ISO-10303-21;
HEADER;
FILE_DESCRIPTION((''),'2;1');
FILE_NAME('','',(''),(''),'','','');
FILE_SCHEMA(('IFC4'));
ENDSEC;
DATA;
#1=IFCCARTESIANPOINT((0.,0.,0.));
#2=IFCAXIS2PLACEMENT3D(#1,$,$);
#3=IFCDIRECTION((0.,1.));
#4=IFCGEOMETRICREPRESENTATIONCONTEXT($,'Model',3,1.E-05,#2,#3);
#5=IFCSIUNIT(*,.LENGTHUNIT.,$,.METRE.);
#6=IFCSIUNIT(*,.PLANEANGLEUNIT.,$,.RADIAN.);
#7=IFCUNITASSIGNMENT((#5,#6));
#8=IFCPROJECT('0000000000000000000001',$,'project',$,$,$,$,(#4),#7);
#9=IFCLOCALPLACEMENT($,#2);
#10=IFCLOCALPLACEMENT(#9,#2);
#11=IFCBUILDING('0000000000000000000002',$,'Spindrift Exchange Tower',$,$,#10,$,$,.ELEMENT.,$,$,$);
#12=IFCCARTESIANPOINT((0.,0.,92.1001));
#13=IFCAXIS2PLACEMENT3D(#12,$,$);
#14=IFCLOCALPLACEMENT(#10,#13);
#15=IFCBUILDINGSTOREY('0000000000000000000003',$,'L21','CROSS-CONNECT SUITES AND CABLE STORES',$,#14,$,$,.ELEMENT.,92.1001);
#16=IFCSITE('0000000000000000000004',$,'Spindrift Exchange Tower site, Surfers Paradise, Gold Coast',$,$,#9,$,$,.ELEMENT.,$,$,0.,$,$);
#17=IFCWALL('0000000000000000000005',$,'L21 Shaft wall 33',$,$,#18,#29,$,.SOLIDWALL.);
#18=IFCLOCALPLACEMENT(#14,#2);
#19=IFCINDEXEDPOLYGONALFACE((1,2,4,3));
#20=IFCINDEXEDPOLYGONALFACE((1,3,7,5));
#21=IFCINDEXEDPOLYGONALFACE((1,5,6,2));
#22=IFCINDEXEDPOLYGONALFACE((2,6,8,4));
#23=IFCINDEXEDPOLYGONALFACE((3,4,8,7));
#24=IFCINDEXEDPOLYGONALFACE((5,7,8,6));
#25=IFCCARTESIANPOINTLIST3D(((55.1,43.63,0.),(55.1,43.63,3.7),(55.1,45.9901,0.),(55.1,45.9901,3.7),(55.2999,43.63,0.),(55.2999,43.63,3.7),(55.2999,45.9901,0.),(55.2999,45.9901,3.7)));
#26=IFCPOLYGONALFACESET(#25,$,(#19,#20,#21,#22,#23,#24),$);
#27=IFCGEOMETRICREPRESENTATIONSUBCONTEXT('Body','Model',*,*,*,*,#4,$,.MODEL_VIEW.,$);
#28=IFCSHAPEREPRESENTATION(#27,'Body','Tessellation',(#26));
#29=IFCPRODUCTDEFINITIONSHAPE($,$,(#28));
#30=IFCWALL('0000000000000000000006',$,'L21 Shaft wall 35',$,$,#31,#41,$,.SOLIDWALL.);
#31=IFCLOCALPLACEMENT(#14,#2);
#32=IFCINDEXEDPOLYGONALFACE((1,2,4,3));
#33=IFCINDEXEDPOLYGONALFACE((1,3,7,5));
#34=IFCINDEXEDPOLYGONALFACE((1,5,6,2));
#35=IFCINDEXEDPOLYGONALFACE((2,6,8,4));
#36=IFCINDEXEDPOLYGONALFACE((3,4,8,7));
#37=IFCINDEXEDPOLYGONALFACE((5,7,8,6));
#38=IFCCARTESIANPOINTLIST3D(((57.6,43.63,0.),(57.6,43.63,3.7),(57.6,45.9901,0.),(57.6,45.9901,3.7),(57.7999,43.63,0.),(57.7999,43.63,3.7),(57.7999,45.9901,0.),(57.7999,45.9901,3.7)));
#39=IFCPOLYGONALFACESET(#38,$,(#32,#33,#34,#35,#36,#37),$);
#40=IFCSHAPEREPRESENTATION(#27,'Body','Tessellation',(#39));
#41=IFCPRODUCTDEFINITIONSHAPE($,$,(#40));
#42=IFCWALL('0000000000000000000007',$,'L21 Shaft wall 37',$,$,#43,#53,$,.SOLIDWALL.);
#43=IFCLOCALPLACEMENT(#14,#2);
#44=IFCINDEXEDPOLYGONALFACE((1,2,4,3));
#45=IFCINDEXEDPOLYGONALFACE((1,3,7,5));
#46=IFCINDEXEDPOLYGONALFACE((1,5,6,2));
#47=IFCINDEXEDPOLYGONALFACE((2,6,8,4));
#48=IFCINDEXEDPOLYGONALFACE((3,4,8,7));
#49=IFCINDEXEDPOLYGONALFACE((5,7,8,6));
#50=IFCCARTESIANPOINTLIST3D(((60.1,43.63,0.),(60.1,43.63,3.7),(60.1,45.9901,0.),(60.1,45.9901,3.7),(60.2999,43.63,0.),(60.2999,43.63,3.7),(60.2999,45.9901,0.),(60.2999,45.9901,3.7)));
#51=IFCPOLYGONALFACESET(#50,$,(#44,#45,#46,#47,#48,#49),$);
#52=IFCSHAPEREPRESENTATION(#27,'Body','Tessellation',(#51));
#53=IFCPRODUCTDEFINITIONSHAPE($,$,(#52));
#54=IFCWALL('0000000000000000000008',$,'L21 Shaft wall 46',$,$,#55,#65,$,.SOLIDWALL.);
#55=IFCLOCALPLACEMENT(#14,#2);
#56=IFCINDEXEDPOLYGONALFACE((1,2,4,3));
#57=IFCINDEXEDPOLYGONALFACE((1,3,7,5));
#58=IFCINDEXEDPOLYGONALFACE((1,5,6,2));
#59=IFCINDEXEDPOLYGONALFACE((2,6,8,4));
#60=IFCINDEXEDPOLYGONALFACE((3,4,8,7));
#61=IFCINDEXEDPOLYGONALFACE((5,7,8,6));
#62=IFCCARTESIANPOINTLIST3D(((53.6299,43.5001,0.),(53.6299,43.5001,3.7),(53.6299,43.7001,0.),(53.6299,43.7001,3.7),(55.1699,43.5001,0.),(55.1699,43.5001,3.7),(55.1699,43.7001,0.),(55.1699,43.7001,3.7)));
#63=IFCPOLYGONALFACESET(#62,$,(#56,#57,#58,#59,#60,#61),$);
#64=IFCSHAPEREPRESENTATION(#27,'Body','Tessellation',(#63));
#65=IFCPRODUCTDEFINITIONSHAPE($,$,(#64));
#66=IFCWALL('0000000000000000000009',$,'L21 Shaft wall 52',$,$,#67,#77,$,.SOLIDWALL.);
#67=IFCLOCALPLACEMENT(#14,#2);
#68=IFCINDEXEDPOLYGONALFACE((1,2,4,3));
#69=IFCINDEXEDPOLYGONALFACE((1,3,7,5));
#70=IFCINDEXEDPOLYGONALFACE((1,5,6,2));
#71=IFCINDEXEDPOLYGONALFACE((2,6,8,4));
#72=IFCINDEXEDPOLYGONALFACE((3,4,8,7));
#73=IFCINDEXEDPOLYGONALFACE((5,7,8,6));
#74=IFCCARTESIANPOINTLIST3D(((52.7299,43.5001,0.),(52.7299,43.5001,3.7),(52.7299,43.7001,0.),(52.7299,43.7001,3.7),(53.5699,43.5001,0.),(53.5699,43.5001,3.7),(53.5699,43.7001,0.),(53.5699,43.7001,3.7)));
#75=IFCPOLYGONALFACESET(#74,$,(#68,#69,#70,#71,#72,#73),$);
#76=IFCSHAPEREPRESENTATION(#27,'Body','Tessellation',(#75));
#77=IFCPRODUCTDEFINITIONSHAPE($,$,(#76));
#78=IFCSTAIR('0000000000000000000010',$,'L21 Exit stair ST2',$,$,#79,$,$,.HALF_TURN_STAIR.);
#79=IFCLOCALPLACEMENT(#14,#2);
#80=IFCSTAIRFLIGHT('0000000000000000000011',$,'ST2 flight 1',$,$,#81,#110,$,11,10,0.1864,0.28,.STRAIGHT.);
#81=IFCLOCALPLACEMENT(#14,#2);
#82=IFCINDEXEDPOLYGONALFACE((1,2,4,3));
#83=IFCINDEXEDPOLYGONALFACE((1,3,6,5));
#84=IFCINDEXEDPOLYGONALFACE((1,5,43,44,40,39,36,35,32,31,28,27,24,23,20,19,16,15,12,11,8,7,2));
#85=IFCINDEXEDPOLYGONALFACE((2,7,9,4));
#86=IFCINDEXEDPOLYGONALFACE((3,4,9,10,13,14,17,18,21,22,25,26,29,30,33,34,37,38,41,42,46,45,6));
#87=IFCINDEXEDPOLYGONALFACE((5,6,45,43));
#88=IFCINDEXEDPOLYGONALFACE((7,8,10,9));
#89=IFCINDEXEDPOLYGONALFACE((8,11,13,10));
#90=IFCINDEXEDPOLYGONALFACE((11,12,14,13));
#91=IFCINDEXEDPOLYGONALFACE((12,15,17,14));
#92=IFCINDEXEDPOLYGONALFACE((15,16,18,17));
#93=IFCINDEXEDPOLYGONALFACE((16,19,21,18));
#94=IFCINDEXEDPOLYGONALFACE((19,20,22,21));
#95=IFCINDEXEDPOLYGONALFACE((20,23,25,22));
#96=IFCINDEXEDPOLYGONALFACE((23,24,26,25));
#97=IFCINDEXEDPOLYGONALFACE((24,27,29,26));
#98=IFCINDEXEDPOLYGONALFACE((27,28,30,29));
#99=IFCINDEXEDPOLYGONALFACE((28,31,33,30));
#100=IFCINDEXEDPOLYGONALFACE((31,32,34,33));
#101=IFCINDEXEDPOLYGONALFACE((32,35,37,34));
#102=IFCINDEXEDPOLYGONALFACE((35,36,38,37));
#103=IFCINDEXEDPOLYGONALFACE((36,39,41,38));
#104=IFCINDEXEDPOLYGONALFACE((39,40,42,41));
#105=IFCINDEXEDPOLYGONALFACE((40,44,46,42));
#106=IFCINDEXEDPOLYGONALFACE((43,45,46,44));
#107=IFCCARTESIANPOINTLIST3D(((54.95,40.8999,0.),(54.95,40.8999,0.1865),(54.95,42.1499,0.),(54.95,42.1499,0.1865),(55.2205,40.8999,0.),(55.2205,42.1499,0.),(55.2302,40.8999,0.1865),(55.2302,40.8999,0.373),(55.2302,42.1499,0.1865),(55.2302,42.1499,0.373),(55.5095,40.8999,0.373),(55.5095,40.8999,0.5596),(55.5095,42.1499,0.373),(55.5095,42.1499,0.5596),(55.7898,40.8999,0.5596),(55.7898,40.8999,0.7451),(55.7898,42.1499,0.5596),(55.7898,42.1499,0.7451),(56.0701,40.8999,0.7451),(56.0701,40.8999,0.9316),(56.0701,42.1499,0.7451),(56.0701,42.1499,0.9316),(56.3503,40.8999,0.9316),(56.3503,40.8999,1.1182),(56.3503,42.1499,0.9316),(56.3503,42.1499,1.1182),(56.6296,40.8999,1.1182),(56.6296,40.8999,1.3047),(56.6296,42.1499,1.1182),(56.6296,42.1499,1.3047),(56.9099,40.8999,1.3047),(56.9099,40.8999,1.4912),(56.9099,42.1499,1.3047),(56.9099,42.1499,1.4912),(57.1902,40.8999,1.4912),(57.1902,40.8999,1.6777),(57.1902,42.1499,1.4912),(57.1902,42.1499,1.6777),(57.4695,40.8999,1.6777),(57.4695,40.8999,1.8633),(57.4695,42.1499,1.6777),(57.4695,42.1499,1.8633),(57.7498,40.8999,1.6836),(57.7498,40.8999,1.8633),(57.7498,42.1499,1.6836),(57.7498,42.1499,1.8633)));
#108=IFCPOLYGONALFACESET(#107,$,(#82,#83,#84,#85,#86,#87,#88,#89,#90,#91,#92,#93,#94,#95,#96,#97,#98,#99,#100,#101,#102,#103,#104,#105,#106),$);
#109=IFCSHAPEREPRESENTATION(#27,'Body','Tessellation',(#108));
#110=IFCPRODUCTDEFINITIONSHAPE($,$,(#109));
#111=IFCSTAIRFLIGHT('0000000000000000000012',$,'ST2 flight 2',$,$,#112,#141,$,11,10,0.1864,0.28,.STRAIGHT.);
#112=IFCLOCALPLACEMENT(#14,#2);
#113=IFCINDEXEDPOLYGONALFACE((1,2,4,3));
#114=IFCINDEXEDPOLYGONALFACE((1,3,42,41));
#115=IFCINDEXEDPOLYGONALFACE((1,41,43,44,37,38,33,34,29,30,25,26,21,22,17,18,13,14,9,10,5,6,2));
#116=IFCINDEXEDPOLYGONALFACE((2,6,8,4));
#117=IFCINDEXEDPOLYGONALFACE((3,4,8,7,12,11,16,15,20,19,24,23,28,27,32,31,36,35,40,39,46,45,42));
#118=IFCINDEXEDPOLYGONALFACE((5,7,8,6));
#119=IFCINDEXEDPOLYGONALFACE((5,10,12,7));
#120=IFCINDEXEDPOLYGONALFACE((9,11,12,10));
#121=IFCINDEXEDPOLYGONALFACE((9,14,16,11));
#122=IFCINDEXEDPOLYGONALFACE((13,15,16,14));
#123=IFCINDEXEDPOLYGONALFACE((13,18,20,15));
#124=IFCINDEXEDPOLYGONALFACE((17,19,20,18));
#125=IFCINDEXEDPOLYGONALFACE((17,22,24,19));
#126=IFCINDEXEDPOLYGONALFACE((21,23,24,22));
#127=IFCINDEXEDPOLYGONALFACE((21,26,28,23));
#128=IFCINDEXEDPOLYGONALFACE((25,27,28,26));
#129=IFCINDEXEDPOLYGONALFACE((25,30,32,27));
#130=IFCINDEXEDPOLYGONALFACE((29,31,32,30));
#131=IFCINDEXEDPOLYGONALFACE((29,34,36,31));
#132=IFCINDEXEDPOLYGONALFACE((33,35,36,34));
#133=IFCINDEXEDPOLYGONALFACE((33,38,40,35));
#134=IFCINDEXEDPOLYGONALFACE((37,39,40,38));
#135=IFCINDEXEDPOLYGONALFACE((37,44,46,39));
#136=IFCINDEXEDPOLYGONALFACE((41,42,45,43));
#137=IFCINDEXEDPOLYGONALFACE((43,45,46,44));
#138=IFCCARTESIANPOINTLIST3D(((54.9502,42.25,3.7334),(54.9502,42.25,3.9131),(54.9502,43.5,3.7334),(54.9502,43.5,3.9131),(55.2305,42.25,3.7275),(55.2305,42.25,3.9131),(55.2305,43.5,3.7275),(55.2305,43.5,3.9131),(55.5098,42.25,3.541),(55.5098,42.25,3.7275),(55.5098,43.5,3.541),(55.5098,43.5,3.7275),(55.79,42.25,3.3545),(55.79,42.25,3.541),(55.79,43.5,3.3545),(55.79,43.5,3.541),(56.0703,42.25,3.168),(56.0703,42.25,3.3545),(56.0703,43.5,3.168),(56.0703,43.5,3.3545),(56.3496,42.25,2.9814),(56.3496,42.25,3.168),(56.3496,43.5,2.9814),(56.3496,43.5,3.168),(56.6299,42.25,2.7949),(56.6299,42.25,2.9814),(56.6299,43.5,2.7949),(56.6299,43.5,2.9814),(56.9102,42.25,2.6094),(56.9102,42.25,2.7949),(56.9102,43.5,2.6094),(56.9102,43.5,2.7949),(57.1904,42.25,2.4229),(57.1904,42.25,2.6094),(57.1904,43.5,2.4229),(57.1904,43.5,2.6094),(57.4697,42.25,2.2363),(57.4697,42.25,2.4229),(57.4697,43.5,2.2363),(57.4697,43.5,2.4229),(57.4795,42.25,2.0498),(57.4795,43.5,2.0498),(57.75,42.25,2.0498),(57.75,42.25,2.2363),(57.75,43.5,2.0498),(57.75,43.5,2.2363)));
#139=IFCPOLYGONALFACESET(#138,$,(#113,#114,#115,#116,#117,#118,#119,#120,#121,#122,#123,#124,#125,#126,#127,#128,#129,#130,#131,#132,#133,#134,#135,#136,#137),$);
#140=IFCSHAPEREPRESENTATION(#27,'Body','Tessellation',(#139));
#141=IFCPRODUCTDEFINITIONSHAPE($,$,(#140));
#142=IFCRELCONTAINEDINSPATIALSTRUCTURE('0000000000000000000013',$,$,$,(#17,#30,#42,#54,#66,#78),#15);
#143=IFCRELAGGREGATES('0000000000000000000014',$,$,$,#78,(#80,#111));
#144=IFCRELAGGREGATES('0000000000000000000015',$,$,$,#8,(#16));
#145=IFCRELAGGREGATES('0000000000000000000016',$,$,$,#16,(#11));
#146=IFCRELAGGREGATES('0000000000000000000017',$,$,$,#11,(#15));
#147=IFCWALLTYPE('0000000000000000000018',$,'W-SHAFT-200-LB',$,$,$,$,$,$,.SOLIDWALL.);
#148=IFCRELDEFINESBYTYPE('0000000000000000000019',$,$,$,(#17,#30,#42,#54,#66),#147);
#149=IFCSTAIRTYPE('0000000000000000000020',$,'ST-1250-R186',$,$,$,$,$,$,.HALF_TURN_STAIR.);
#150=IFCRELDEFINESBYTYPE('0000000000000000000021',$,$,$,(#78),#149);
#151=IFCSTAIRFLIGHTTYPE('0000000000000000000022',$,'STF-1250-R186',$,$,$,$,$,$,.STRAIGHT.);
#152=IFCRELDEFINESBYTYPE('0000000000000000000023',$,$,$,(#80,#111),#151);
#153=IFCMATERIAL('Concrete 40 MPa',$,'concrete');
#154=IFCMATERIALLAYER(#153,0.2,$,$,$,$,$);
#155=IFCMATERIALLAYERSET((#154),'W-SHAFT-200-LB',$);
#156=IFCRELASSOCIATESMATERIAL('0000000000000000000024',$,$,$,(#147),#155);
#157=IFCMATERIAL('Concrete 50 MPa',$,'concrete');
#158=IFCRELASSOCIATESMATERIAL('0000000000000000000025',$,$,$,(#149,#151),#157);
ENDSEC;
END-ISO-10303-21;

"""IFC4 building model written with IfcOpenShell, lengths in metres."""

from ifc_helpers import new_model, si_unit, direction, frame, frame_2d, origin, place, context, subcontext, project, spatial, line, indexed_curve, rectangle, outline, extrude, material, layer, layer_set, type_object, element, aggregate, save


model = new_model("IFC4")

# Units and contexts
model_context = context("Model", 3, precision=1e-05, world=origin(), true_north=direction((0.0, 1.0)))
body_context = subcontext(model_context, "Body", "Model", "MODEL_VIEW")
ifc_project = project(units=[si_unit("LENGTHUNIT", "METRE"), si_unit("PLANEANGLEUNIT", "RADIAN")], contexts=[model_context])

# Site, building, storey
site_placement = place(None, origin())
site = spatial("IfcSite", under=ifc_project, at=site_placement, Name="Spindrift Exchange Tower site, Surfers Paradise, Gold Coast", CompositionType="ELEMENT", RefElevation=0.0)
building_placement = place(site_placement, origin())
building = spatial("IfcBuilding", under=site, at=building_placement, Name="Spindrift Exchange Tower", CompositionType="ELEMENT")
storey_placement = place(building_placement, frame((0.0, 0.0, 92.1001)))
storey = spatial("IfcBuildingStorey", under=building, at=storey_placement, Name="L21", Description="CROSS-CONNECT SUITES AND CABLE STORES", CompositionType="ELEMENT", Elevation=92.1001)

# Shared definitions
ifc_material_1 = material(Name="Concrete 40 MPa", Category="concrete")

# Shared definitions
ifc_layer_1 = layer(ifc_material_1, 0.2)
ifc_layer_set_1 = layer_set([ifc_layer_1], Name="W-SHAFT-200-LB")
wall_type_1 = type_object("IfcWallType", Name="W-SHAFT-200-LB", PredefinedType="SOLIDWALL", material=ifc_layer_set_1)

# Walls
for number, where, z_axis, x_axis, name in (
    (1, (55.2, 43.6299, 0.0), (0.0, 0.0, 1.0), (0.0, 1.0, 0.0), "L21 Shaft wall 33"),
    (2, (57.7, 43.6299, 0.0), (0.0, 0.0, 1.0), (0.0, 1.0, 0.0), "L21 Shaft wall 35"),
    (3, (60.2, 43.6299, 0.0), (0.0, 0.0, 1.0), (0.0, 1.0, 0.0), "L21 Shaft wall 37"),
):
    element("IfcWall", number, at=place(storey_placement, frame(where, z_axis=z_axis, x_axis=x_axis)), inside=storey, type_object=wall_type_1, Name=name, PredefinedType="SOLIDWALL", context=body_context, shape_type="SweptSolid", body=[
        extrude(rectangle(XDim=2.3601, YDim=0.2, at=frame_2d((1.1802, 0.0))), origin(), (0.0, 0.0, 1.0), 3.7),
    ])
wall_1_placement = place(storey_placement, frame((53.6299, 43.6001, 0.0), z_axis=(0.0, 0.0, 1.0), x_axis=(1.0, 0.0, 0.0)))
element("IfcWall", 4, at=wall_1_placement, inside=storey, type_object=wall_type_1, Name="L21 Shaft wall 46", PredefinedType="SOLIDWALL", context=body_context, shape_type="SweptSolid", body=[
    extrude(rectangle(XDim=1.54, YDim=0.2, at=frame_2d((0.77, 0.0))), origin(), (0.0, 0.0, 1.0), 3.7),
])
wall_2_placement = place(storey_placement, frame((52.73, 43.6001, 0.0), z_axis=(0.0, 0.0, 1.0), x_axis=(1.0, 0.0, 0.0)))
element("IfcWall", 5, at=wall_2_placement, inside=storey, type_object=wall_type_1, Name="L21 Shaft wall 52", PredefinedType="SOLIDWALL", context=body_context, shape_type="SweptSolid", body=[
    extrude(rectangle(XDim=0.8401, YDim=0.2, at=frame_2d((0.4199, 0.0))), origin(), (0.0, 0.0, 1.0), 3.7),
])

# Stair, stair flights
ifc_material_2 = material(Name="Concrete 50 MPa", Category="concrete")
stair_type = type_object("IfcStairType", Name="ST-1250-R186", PredefinedType="HALF_TURN_STAIR", material=ifc_material_2)
stair_placement = place(storey_placement, origin())
stair = element("IfcStair", 6, at=stair_placement, inside=storey, type_object=stair_type, Name="L21 Exit stair ST2", PredefinedType="HALF_TURN_STAIR")
stair_flight_type = type_object("IfcStairFlightType", Name="STF-1250-R186", PredefinedType="STRAIGHT", material=ifc_material_2)
stair_flight_1_placement = place(storey_placement, frame((54.95, 41.5249, 0.0), z_axis=(0.0, 0.0, 1.0), x_axis=(1.0, 0.0, 0.0)))
stair_flight_1 = element("IfcStairFlight", 7, at=stair_flight_1_placement, type_object=stair_flight_type, Name="ST2 flight 1", NumberOfRisers=11, NumberOfTreads=10, PredefinedType="STRAIGHT", RiserHeight=0.1864, TreadLength=0.28, context=body_context, shape_type="SweptSolid", body=[
    extrude(outline(indexed_curve([(0.0, 0.0), (0.0, 0.1865), (0.2803, 0.1865), (0.2803, 0.373), (0.5596, 0.373), (0.5596, 0.5596), (0.8398, 0.5596), (0.8398, 0.7451), (1.1201, 0.7451), (1.1201, 0.9316), (1.4004, 0.9316), (1.4004, 1.1182), (1.6797, 1.1182), (1.6797, 1.3047), (1.96, 1.3047), (1.96, 1.4912), (2.2402, 1.4912), (2.2402, 1.6777), (2.5195, 1.6777), (2.5195, 1.8633), (2.7998, 1.8633), (2.7998, 2.0498), (2.7998, 1.6836), (0.2705, 0.0)], segments=[line(1, 2, 3, 4, 5, 6, 7, 8, 9, 10, 11, 12, 13, 14, 15, 16, 17, 18, 19, 20, 21, 22, 23, 24, 1)], self_intersect=False)), frame((0.0, 0.625, 0.0), z_axis=(0.0, -1.0, 0.0), x_axis=(1.0, 0.0, 0.0)), (0.0, 0.0, 1.0), 1.25),
])
stair_flight_2_placement = place(storey_placement, frame((57.75, 42.875, 2.0498), z_axis=(0.0, 0.0, 1.0), x_axis=(-1.0, 0.0, 0.0)))
stair_flight_2 = element("IfcStairFlight", 8, at=stair_flight_2_placement, type_object=stair_flight_type, Name="ST2 flight 2", NumberOfRisers=11, NumberOfTreads=10, PredefinedType="STRAIGHT", RiserHeight=0.1864, TreadLength=0.28, context=body_context, shape_type="SweptSolid", body=[
    extrude(outline(indexed_curve([(0.0, 0.0), (0.0, 0.1865), (0.2803, 0.1865), (0.2803, 0.373), (0.5596, 0.373), (0.5596, 0.5596), (0.8398, 0.5596), (0.8398, 0.7451), (1.1201, 0.7451), (1.1201, 0.9316), (1.4004, 0.9316), (1.4004, 1.1182), (1.6797, 1.1182), (1.6797, 1.3047), (1.96, 1.3047), (1.96, 1.4912), (2.2402, 1.4912), (2.2402, 1.6777), (2.5195, 1.6777), (2.5195, 1.8633), (2.7998, 1.8633), (2.7998, 2.0498), (2.7998, 1.6836), (0.2705, 0.0)], segments=[line(1, 2, 3, 4, 5, 6, 7, 8, 9, 10, 11, 12, 13, 14, 15, 16, 17, 18, 19, 20, 21, 22, 23, 24, 1)], self_intersect=False)), frame((0.0, 0.625, 0.0), z_axis=(0.0, -1.0, 0.0), x_axis=(1.0, 0.0, 0.0)), (0.0, 0.0, 1.0), 1.25),
])
aggregate(stair, [stair_flight_1, stair_flight_2])

save(model, "model.ifc")
